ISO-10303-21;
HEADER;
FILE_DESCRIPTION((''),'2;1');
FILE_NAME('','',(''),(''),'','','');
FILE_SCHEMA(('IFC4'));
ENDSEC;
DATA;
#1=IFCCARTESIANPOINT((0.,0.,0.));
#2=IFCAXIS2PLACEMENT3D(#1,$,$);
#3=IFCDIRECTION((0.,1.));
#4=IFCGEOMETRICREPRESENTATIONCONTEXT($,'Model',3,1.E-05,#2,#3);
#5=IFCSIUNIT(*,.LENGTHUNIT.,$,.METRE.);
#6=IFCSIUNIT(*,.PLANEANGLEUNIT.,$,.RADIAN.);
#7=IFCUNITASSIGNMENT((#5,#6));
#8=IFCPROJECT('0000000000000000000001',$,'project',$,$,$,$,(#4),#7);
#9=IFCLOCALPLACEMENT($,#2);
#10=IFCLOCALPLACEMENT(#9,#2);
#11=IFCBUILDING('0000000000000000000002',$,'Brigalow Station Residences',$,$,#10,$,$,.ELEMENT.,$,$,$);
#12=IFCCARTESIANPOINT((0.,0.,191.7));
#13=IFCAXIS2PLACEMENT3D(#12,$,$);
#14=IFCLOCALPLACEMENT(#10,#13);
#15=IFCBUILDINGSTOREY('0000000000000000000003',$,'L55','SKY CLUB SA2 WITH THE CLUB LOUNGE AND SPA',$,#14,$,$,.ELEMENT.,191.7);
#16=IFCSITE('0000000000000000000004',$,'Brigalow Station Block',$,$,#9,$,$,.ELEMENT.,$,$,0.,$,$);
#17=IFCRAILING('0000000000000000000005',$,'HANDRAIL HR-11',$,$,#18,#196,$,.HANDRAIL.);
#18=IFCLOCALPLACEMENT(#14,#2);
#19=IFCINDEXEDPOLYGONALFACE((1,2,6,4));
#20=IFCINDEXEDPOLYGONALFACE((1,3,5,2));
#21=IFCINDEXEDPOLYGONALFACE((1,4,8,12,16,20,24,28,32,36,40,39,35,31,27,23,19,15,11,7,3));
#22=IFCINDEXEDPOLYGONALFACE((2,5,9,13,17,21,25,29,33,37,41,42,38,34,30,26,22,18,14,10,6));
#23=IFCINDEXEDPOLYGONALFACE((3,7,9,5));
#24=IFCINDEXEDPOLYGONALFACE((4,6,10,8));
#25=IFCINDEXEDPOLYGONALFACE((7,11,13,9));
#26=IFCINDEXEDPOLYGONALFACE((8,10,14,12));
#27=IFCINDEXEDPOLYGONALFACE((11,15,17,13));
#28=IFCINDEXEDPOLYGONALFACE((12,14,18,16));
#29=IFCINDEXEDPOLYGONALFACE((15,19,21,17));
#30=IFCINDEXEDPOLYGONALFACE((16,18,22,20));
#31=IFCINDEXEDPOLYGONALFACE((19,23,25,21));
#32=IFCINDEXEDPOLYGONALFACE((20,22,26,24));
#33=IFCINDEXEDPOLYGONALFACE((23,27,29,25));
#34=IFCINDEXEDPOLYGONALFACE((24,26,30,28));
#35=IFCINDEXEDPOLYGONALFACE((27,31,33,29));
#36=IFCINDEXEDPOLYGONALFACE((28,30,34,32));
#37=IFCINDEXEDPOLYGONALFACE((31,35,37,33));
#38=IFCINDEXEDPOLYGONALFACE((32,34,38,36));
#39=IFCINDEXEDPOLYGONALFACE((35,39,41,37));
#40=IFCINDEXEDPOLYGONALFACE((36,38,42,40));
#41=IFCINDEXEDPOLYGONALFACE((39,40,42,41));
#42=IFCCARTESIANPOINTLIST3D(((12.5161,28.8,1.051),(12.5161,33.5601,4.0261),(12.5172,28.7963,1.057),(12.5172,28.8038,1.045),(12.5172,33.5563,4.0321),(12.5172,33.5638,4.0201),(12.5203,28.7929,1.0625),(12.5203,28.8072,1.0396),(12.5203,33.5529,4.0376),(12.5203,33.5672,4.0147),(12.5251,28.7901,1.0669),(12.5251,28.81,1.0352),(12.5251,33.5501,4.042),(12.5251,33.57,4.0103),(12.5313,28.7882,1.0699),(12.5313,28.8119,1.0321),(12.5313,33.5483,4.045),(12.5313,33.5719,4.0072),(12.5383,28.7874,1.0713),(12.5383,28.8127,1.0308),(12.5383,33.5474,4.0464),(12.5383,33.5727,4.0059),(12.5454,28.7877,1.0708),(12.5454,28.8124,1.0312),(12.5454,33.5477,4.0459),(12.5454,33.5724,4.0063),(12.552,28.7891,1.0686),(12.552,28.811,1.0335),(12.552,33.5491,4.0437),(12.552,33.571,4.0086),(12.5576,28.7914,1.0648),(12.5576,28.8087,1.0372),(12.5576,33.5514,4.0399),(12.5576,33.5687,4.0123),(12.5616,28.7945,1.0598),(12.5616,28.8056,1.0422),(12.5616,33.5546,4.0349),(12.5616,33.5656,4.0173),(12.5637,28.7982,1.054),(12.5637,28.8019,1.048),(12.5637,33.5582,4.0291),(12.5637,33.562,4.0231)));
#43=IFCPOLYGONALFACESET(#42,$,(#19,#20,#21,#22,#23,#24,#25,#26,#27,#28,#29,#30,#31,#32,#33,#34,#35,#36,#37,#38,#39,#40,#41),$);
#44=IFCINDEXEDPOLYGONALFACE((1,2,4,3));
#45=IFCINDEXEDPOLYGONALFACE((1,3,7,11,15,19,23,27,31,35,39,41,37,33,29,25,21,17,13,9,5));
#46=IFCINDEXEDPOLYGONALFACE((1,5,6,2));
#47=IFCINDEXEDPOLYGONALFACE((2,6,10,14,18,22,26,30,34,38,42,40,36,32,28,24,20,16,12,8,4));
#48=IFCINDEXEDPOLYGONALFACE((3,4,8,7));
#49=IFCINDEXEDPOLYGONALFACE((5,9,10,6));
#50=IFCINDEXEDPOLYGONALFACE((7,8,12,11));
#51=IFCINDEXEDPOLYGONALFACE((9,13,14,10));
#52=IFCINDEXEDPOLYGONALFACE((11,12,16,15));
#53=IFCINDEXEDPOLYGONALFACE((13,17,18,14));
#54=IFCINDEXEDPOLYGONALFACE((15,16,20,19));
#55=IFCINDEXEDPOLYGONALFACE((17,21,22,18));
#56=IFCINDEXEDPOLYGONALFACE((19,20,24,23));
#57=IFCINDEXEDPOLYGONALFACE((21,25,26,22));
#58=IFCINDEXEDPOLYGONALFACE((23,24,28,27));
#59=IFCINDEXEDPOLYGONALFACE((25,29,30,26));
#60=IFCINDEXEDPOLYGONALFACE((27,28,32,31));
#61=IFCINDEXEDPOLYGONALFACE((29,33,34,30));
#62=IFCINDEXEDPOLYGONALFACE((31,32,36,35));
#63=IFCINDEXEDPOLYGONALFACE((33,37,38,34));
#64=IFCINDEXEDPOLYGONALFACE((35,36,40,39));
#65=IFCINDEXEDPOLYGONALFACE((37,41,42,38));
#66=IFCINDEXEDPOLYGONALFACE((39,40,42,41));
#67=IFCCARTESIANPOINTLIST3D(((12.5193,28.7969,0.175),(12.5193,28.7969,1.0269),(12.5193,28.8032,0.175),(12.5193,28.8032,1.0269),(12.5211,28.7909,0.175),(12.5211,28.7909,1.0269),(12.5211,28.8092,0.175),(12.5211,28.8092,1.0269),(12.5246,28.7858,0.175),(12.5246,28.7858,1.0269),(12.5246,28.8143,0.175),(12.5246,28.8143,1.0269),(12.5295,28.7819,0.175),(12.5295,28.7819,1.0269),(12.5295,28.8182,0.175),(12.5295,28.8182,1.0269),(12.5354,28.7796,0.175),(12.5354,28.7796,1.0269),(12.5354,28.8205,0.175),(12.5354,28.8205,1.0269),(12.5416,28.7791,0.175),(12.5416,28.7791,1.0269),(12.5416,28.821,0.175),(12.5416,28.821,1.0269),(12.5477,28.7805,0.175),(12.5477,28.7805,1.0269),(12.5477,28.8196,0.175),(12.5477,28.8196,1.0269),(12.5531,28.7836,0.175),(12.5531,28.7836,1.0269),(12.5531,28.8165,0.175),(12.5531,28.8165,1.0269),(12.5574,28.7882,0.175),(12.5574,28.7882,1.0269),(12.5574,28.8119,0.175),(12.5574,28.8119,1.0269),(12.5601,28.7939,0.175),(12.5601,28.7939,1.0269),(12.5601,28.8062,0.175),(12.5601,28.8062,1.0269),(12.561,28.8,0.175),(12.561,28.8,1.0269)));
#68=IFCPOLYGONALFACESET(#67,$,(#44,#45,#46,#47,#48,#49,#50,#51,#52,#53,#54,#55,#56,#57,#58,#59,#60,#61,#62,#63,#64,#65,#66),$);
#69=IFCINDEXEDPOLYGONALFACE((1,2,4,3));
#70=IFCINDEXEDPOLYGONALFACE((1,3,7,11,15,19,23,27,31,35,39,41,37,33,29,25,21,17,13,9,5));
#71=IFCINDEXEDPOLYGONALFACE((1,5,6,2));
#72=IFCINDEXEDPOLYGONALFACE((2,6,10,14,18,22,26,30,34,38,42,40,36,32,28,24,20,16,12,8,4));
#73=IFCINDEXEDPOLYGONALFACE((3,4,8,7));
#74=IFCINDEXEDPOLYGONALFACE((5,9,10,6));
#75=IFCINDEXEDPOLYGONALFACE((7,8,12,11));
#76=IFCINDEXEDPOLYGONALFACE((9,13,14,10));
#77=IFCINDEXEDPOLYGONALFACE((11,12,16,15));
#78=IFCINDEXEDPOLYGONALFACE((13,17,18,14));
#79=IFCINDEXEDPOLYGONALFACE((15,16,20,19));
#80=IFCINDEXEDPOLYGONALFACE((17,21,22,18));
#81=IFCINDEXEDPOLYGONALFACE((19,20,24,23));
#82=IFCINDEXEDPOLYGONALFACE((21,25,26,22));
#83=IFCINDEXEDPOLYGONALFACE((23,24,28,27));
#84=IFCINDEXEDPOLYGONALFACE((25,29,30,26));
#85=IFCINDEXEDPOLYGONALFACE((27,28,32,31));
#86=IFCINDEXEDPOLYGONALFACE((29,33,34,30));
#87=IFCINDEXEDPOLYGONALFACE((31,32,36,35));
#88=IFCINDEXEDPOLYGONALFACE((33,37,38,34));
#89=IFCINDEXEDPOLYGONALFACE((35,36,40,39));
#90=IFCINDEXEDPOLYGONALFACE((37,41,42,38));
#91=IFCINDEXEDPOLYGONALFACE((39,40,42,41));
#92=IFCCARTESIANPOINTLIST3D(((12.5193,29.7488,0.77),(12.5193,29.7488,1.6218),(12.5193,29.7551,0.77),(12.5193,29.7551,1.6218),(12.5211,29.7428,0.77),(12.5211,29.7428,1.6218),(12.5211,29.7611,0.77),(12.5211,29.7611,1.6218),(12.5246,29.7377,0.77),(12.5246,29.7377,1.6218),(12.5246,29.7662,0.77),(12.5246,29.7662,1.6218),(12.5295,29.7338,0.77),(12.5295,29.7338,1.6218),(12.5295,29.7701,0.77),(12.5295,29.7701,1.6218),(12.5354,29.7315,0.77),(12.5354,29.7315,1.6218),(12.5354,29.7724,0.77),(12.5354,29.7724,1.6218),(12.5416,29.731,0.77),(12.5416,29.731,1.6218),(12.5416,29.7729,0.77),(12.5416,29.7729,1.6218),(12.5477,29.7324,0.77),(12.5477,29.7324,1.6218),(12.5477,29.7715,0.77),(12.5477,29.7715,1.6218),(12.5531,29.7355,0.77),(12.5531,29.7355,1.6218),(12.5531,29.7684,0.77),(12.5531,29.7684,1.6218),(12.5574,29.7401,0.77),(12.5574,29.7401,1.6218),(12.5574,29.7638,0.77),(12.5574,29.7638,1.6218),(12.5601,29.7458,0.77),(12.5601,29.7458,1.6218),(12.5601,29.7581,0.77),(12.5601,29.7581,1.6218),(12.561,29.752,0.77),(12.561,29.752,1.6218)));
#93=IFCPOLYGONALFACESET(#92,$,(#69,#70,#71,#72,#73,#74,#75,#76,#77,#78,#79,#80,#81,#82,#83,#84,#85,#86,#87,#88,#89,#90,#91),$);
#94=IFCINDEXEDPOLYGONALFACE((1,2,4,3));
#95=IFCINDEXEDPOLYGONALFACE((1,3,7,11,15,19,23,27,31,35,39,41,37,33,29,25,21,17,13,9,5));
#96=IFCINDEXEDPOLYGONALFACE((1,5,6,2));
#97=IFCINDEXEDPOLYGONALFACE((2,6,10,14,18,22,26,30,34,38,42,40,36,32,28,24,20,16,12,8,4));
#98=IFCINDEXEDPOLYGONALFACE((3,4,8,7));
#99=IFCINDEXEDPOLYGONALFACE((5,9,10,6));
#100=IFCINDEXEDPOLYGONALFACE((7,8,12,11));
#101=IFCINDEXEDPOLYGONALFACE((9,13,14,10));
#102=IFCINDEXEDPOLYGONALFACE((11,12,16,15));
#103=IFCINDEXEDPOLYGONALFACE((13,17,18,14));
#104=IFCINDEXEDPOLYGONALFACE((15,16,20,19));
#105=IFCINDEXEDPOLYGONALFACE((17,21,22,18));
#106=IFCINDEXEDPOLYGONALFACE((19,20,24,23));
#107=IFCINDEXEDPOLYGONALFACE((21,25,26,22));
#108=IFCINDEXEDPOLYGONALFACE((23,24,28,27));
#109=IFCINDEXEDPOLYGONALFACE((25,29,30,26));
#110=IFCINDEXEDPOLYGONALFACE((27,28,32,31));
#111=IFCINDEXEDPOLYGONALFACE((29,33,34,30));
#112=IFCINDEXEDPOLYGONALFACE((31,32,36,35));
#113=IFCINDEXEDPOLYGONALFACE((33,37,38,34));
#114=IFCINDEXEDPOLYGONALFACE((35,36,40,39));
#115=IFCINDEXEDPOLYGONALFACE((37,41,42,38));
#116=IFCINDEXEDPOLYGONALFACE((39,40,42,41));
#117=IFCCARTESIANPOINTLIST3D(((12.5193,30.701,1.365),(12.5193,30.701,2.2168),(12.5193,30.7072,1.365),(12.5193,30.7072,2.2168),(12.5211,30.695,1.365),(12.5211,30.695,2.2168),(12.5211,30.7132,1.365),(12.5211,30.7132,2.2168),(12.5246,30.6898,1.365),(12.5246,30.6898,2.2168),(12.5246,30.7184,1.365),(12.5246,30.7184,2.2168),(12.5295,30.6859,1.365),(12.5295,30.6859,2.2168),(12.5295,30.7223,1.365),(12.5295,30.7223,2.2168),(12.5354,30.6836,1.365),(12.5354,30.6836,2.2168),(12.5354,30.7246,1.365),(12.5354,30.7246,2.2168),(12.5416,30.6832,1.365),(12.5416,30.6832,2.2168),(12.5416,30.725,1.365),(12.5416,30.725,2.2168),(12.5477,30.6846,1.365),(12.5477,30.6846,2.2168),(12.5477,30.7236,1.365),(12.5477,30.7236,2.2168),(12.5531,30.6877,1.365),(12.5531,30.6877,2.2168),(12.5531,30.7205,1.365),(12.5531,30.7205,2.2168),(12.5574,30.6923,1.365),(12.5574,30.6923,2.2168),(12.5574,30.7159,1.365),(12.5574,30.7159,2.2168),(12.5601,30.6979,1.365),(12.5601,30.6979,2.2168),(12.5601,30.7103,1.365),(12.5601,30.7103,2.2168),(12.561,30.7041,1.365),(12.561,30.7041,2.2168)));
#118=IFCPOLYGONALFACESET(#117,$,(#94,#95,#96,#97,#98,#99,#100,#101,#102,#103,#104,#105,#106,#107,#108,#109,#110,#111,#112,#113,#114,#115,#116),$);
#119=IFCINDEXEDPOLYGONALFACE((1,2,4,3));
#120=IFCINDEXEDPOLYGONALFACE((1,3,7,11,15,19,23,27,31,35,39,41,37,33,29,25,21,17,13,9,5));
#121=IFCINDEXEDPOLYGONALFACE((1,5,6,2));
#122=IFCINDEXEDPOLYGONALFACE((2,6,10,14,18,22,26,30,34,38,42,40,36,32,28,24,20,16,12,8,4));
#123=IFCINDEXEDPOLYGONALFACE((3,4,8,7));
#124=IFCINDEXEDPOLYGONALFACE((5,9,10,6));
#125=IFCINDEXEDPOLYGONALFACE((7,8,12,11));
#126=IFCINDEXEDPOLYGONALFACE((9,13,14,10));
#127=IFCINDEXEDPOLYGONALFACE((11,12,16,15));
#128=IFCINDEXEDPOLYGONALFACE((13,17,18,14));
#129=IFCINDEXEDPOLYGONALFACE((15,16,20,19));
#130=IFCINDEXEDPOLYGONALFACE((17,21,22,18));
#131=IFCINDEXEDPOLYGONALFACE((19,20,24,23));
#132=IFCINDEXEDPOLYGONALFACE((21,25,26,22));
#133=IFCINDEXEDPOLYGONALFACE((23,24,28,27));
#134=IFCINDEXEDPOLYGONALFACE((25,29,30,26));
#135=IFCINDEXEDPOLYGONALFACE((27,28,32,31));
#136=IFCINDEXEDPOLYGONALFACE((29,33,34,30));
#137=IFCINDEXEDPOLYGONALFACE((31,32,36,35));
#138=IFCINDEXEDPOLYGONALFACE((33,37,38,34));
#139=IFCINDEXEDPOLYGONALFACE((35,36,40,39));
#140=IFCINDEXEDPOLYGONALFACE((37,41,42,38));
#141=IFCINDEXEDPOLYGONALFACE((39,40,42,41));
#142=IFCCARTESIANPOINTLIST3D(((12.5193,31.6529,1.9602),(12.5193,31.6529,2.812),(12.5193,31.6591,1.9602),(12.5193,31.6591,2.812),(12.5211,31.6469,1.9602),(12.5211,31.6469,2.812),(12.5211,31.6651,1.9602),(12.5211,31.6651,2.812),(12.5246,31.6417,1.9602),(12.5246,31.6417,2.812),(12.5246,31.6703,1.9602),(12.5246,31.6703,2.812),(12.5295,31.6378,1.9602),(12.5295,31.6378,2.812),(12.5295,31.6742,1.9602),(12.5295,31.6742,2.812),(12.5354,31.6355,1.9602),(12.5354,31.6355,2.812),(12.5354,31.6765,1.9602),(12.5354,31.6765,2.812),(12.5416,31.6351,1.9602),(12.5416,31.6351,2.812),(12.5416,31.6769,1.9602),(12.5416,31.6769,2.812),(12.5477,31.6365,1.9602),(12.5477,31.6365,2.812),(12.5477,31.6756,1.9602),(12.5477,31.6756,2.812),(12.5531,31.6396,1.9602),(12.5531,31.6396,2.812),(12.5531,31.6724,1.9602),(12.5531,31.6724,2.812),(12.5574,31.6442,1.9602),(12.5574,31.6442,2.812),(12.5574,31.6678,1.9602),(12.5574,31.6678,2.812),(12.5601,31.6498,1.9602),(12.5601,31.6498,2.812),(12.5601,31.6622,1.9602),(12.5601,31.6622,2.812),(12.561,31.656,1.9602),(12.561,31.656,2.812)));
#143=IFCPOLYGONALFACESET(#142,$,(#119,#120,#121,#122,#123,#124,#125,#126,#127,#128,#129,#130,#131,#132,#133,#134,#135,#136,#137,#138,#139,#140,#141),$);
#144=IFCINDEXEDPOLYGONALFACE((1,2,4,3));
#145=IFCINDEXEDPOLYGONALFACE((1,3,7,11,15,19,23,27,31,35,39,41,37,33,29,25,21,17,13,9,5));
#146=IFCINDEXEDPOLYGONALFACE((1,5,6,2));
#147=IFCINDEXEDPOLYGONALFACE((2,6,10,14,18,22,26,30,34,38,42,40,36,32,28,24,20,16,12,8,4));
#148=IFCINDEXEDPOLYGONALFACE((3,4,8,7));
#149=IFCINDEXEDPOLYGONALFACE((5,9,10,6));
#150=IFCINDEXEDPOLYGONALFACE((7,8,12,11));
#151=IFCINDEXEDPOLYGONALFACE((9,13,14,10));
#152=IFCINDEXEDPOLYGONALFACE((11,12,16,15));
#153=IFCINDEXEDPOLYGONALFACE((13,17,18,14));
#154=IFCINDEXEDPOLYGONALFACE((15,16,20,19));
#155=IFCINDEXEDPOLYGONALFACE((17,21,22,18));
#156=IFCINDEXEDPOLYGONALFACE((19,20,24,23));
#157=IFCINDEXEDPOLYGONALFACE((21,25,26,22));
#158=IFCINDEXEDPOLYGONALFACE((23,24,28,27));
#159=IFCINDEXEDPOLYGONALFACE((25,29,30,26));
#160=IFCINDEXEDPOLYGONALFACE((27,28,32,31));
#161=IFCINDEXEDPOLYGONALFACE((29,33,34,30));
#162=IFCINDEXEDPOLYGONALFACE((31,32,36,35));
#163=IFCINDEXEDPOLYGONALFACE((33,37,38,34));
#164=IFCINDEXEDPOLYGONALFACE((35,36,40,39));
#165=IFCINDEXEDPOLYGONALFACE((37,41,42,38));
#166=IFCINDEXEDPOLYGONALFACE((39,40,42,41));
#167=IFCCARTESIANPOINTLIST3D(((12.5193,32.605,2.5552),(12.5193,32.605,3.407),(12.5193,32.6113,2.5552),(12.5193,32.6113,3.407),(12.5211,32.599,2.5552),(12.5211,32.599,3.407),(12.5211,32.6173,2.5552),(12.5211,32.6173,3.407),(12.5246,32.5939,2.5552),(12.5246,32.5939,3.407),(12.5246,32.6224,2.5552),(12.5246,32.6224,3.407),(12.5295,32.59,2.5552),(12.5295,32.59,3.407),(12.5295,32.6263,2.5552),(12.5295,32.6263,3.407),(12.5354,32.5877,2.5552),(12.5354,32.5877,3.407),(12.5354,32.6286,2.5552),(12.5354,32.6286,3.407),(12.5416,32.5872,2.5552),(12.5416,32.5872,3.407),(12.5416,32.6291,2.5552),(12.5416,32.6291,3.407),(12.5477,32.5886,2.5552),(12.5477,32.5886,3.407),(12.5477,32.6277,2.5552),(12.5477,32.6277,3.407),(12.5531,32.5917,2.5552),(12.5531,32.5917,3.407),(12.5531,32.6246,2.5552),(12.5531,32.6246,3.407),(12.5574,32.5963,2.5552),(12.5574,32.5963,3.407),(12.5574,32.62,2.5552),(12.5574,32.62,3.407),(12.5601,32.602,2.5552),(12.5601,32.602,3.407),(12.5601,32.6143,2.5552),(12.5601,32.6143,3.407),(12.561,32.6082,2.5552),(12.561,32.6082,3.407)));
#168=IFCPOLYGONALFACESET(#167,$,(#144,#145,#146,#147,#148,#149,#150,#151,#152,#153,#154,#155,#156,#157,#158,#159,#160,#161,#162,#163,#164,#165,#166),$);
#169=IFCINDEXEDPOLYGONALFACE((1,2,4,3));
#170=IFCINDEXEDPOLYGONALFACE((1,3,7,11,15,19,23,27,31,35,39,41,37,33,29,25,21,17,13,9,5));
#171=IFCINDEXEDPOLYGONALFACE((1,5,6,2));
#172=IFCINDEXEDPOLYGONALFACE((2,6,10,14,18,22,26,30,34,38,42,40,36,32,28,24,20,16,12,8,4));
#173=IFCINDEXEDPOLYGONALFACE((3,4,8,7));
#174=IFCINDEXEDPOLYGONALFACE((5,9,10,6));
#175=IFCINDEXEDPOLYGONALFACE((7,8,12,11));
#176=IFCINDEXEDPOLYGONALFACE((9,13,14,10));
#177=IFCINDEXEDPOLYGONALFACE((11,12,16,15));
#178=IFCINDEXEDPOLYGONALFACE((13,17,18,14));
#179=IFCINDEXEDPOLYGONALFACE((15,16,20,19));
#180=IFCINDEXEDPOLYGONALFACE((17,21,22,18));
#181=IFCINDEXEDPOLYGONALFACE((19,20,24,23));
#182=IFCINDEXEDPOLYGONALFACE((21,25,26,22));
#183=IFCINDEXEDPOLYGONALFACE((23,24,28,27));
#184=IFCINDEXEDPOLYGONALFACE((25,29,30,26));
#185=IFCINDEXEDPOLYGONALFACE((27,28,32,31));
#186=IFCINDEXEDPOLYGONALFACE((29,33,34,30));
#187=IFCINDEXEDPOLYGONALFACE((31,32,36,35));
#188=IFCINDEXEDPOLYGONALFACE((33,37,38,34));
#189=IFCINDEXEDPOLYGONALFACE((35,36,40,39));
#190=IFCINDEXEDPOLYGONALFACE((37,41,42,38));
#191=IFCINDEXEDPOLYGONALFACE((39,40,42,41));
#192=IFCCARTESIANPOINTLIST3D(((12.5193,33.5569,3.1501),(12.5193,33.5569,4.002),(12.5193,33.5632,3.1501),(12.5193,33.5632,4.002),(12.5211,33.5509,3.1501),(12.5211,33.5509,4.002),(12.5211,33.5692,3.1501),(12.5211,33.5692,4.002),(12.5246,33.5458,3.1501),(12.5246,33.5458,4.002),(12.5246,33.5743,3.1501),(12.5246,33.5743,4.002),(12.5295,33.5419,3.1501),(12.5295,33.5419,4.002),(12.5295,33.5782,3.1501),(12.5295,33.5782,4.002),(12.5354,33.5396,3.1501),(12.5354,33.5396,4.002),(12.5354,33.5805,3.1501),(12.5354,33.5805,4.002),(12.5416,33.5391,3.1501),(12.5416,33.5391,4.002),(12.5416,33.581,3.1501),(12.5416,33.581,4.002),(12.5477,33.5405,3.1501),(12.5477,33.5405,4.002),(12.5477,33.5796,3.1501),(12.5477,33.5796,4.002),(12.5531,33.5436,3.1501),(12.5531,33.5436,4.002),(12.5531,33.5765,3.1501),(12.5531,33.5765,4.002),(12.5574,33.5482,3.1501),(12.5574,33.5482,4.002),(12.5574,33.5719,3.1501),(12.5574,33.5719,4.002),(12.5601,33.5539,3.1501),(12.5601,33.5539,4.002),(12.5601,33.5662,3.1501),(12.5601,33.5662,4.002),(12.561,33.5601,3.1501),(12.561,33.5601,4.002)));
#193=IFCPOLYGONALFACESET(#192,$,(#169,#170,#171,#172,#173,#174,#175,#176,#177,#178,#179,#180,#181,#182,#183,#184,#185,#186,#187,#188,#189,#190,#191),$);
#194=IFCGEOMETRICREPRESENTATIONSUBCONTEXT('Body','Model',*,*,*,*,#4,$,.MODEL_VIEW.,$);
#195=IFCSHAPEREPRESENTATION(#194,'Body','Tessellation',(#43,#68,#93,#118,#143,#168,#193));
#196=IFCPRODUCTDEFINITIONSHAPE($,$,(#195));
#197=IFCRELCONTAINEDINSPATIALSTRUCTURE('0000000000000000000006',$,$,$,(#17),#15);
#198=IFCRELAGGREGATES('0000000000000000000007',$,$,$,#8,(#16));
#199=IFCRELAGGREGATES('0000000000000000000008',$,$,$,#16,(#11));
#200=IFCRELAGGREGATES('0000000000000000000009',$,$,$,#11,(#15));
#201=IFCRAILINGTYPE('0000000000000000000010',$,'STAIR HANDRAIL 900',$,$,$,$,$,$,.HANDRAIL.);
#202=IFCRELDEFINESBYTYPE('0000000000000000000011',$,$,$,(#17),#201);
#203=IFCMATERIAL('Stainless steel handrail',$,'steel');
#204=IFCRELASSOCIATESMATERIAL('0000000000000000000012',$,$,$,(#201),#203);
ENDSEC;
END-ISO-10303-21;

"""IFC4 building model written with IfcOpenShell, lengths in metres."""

from ifc_helpers import new_model, si_unit, direction, frame, origin, origin_2d, place, context, subcontext, project, spatial, circle, extrude, material, type_object, element, save


model = new_model("IFC4")

# Units and contexts
model_context = context("Model", 3, precision=1e-05, world=origin(), true_north=direction((0.0, 1.0)))
body_context = subcontext(model_context, "Body", "Model", "MODEL_VIEW")
ifc_project = project(units=[si_unit("LENGTHUNIT", "METRE"), si_unit("PLANEANGLEUNIT", "RADIAN")], contexts=[model_context])

# Site, building, storey
site_placement = place(None, origin())
site = spatial("IfcSite", under=ifc_project, at=site_placement, Name="Brigalow Station Block", CompositionType="ELEMENT", RefElevation=0.0)
building_placement = place(site_placement, origin())
building = spatial("IfcBuilding", under=site, at=building_placement, Name="Brigalow Station Residences", CompositionType="ELEMENT")
storey_placement = place(building_placement, frame((0.0, 0.0, 191.7)))
storey = spatial("IfcBuildingStorey", under=building, at=storey_placement, Name="L55", Description="SKY CLUB SA2 WITH THE CLUB LOUNGE AND SPA", CompositionType="ELEMENT", Elevation=191.7)

# Railing
ifc_material_1 = material(Name="Stainless steel handrail", Category="steel")
railing_type_1 = type_object("IfcRailingType", Name="STAIR HANDRAIL 900", PredefinedType="HANDRAIL", material=ifc_material_1)
railing_1_placement = place(storey_placement, frame((12.54, 28.8, 0.175)))
element("IfcRailing", 1, at=railing_1_placement, inside=storey, type_object=railing_type_1, Name="HANDRAIL HR-11", PredefinedType="HANDRAIL", context=body_context, shape_type="SweptSolid", body=[
    extrude(circle(Radius=0.0239, at=origin_2d()), frame((0.0, 0.0, 0.876), z_axis=(0.0, 0.847991, 0.530011), x_axis=(-1.0, 0.0, 0.0)), (0.0, 0.0, 1.0), 5.6133),
    extrude(circle(Radius=0.021, at=origin_2d()), origin(), (0.0, 0.0, 1.0), 0.8518),
    extrude(circle(Radius=0.021, at=origin_2d()), frame((0.0, 0.9519, 0.595)), (0.0, 0.0, 1.0), 0.8518),
    extrude(circle(Radius=0.021, at=origin_2d()), frame((0.0, 1.9041, 1.1899)), (0.0, 0.0, 1.0), 0.8518),
    extrude(circle(Radius=0.021, at=origin_2d()), frame((0.0, 2.856, 1.7852)), (0.0, 0.0, 1.0), 0.8518),
    extrude(circle(Radius=0.021, at=origin_2d()), frame((0.0, 3.8081, 2.3801)), (0.0, 0.0, 1.0), 0.8518),
    extrude(circle(Radius=0.021, at=origin_2d()), frame((0.0, 4.76, 2.9751)), (0.0, 0.0, 1.0), 0.8518),
])

save(model, "model.ifc")
